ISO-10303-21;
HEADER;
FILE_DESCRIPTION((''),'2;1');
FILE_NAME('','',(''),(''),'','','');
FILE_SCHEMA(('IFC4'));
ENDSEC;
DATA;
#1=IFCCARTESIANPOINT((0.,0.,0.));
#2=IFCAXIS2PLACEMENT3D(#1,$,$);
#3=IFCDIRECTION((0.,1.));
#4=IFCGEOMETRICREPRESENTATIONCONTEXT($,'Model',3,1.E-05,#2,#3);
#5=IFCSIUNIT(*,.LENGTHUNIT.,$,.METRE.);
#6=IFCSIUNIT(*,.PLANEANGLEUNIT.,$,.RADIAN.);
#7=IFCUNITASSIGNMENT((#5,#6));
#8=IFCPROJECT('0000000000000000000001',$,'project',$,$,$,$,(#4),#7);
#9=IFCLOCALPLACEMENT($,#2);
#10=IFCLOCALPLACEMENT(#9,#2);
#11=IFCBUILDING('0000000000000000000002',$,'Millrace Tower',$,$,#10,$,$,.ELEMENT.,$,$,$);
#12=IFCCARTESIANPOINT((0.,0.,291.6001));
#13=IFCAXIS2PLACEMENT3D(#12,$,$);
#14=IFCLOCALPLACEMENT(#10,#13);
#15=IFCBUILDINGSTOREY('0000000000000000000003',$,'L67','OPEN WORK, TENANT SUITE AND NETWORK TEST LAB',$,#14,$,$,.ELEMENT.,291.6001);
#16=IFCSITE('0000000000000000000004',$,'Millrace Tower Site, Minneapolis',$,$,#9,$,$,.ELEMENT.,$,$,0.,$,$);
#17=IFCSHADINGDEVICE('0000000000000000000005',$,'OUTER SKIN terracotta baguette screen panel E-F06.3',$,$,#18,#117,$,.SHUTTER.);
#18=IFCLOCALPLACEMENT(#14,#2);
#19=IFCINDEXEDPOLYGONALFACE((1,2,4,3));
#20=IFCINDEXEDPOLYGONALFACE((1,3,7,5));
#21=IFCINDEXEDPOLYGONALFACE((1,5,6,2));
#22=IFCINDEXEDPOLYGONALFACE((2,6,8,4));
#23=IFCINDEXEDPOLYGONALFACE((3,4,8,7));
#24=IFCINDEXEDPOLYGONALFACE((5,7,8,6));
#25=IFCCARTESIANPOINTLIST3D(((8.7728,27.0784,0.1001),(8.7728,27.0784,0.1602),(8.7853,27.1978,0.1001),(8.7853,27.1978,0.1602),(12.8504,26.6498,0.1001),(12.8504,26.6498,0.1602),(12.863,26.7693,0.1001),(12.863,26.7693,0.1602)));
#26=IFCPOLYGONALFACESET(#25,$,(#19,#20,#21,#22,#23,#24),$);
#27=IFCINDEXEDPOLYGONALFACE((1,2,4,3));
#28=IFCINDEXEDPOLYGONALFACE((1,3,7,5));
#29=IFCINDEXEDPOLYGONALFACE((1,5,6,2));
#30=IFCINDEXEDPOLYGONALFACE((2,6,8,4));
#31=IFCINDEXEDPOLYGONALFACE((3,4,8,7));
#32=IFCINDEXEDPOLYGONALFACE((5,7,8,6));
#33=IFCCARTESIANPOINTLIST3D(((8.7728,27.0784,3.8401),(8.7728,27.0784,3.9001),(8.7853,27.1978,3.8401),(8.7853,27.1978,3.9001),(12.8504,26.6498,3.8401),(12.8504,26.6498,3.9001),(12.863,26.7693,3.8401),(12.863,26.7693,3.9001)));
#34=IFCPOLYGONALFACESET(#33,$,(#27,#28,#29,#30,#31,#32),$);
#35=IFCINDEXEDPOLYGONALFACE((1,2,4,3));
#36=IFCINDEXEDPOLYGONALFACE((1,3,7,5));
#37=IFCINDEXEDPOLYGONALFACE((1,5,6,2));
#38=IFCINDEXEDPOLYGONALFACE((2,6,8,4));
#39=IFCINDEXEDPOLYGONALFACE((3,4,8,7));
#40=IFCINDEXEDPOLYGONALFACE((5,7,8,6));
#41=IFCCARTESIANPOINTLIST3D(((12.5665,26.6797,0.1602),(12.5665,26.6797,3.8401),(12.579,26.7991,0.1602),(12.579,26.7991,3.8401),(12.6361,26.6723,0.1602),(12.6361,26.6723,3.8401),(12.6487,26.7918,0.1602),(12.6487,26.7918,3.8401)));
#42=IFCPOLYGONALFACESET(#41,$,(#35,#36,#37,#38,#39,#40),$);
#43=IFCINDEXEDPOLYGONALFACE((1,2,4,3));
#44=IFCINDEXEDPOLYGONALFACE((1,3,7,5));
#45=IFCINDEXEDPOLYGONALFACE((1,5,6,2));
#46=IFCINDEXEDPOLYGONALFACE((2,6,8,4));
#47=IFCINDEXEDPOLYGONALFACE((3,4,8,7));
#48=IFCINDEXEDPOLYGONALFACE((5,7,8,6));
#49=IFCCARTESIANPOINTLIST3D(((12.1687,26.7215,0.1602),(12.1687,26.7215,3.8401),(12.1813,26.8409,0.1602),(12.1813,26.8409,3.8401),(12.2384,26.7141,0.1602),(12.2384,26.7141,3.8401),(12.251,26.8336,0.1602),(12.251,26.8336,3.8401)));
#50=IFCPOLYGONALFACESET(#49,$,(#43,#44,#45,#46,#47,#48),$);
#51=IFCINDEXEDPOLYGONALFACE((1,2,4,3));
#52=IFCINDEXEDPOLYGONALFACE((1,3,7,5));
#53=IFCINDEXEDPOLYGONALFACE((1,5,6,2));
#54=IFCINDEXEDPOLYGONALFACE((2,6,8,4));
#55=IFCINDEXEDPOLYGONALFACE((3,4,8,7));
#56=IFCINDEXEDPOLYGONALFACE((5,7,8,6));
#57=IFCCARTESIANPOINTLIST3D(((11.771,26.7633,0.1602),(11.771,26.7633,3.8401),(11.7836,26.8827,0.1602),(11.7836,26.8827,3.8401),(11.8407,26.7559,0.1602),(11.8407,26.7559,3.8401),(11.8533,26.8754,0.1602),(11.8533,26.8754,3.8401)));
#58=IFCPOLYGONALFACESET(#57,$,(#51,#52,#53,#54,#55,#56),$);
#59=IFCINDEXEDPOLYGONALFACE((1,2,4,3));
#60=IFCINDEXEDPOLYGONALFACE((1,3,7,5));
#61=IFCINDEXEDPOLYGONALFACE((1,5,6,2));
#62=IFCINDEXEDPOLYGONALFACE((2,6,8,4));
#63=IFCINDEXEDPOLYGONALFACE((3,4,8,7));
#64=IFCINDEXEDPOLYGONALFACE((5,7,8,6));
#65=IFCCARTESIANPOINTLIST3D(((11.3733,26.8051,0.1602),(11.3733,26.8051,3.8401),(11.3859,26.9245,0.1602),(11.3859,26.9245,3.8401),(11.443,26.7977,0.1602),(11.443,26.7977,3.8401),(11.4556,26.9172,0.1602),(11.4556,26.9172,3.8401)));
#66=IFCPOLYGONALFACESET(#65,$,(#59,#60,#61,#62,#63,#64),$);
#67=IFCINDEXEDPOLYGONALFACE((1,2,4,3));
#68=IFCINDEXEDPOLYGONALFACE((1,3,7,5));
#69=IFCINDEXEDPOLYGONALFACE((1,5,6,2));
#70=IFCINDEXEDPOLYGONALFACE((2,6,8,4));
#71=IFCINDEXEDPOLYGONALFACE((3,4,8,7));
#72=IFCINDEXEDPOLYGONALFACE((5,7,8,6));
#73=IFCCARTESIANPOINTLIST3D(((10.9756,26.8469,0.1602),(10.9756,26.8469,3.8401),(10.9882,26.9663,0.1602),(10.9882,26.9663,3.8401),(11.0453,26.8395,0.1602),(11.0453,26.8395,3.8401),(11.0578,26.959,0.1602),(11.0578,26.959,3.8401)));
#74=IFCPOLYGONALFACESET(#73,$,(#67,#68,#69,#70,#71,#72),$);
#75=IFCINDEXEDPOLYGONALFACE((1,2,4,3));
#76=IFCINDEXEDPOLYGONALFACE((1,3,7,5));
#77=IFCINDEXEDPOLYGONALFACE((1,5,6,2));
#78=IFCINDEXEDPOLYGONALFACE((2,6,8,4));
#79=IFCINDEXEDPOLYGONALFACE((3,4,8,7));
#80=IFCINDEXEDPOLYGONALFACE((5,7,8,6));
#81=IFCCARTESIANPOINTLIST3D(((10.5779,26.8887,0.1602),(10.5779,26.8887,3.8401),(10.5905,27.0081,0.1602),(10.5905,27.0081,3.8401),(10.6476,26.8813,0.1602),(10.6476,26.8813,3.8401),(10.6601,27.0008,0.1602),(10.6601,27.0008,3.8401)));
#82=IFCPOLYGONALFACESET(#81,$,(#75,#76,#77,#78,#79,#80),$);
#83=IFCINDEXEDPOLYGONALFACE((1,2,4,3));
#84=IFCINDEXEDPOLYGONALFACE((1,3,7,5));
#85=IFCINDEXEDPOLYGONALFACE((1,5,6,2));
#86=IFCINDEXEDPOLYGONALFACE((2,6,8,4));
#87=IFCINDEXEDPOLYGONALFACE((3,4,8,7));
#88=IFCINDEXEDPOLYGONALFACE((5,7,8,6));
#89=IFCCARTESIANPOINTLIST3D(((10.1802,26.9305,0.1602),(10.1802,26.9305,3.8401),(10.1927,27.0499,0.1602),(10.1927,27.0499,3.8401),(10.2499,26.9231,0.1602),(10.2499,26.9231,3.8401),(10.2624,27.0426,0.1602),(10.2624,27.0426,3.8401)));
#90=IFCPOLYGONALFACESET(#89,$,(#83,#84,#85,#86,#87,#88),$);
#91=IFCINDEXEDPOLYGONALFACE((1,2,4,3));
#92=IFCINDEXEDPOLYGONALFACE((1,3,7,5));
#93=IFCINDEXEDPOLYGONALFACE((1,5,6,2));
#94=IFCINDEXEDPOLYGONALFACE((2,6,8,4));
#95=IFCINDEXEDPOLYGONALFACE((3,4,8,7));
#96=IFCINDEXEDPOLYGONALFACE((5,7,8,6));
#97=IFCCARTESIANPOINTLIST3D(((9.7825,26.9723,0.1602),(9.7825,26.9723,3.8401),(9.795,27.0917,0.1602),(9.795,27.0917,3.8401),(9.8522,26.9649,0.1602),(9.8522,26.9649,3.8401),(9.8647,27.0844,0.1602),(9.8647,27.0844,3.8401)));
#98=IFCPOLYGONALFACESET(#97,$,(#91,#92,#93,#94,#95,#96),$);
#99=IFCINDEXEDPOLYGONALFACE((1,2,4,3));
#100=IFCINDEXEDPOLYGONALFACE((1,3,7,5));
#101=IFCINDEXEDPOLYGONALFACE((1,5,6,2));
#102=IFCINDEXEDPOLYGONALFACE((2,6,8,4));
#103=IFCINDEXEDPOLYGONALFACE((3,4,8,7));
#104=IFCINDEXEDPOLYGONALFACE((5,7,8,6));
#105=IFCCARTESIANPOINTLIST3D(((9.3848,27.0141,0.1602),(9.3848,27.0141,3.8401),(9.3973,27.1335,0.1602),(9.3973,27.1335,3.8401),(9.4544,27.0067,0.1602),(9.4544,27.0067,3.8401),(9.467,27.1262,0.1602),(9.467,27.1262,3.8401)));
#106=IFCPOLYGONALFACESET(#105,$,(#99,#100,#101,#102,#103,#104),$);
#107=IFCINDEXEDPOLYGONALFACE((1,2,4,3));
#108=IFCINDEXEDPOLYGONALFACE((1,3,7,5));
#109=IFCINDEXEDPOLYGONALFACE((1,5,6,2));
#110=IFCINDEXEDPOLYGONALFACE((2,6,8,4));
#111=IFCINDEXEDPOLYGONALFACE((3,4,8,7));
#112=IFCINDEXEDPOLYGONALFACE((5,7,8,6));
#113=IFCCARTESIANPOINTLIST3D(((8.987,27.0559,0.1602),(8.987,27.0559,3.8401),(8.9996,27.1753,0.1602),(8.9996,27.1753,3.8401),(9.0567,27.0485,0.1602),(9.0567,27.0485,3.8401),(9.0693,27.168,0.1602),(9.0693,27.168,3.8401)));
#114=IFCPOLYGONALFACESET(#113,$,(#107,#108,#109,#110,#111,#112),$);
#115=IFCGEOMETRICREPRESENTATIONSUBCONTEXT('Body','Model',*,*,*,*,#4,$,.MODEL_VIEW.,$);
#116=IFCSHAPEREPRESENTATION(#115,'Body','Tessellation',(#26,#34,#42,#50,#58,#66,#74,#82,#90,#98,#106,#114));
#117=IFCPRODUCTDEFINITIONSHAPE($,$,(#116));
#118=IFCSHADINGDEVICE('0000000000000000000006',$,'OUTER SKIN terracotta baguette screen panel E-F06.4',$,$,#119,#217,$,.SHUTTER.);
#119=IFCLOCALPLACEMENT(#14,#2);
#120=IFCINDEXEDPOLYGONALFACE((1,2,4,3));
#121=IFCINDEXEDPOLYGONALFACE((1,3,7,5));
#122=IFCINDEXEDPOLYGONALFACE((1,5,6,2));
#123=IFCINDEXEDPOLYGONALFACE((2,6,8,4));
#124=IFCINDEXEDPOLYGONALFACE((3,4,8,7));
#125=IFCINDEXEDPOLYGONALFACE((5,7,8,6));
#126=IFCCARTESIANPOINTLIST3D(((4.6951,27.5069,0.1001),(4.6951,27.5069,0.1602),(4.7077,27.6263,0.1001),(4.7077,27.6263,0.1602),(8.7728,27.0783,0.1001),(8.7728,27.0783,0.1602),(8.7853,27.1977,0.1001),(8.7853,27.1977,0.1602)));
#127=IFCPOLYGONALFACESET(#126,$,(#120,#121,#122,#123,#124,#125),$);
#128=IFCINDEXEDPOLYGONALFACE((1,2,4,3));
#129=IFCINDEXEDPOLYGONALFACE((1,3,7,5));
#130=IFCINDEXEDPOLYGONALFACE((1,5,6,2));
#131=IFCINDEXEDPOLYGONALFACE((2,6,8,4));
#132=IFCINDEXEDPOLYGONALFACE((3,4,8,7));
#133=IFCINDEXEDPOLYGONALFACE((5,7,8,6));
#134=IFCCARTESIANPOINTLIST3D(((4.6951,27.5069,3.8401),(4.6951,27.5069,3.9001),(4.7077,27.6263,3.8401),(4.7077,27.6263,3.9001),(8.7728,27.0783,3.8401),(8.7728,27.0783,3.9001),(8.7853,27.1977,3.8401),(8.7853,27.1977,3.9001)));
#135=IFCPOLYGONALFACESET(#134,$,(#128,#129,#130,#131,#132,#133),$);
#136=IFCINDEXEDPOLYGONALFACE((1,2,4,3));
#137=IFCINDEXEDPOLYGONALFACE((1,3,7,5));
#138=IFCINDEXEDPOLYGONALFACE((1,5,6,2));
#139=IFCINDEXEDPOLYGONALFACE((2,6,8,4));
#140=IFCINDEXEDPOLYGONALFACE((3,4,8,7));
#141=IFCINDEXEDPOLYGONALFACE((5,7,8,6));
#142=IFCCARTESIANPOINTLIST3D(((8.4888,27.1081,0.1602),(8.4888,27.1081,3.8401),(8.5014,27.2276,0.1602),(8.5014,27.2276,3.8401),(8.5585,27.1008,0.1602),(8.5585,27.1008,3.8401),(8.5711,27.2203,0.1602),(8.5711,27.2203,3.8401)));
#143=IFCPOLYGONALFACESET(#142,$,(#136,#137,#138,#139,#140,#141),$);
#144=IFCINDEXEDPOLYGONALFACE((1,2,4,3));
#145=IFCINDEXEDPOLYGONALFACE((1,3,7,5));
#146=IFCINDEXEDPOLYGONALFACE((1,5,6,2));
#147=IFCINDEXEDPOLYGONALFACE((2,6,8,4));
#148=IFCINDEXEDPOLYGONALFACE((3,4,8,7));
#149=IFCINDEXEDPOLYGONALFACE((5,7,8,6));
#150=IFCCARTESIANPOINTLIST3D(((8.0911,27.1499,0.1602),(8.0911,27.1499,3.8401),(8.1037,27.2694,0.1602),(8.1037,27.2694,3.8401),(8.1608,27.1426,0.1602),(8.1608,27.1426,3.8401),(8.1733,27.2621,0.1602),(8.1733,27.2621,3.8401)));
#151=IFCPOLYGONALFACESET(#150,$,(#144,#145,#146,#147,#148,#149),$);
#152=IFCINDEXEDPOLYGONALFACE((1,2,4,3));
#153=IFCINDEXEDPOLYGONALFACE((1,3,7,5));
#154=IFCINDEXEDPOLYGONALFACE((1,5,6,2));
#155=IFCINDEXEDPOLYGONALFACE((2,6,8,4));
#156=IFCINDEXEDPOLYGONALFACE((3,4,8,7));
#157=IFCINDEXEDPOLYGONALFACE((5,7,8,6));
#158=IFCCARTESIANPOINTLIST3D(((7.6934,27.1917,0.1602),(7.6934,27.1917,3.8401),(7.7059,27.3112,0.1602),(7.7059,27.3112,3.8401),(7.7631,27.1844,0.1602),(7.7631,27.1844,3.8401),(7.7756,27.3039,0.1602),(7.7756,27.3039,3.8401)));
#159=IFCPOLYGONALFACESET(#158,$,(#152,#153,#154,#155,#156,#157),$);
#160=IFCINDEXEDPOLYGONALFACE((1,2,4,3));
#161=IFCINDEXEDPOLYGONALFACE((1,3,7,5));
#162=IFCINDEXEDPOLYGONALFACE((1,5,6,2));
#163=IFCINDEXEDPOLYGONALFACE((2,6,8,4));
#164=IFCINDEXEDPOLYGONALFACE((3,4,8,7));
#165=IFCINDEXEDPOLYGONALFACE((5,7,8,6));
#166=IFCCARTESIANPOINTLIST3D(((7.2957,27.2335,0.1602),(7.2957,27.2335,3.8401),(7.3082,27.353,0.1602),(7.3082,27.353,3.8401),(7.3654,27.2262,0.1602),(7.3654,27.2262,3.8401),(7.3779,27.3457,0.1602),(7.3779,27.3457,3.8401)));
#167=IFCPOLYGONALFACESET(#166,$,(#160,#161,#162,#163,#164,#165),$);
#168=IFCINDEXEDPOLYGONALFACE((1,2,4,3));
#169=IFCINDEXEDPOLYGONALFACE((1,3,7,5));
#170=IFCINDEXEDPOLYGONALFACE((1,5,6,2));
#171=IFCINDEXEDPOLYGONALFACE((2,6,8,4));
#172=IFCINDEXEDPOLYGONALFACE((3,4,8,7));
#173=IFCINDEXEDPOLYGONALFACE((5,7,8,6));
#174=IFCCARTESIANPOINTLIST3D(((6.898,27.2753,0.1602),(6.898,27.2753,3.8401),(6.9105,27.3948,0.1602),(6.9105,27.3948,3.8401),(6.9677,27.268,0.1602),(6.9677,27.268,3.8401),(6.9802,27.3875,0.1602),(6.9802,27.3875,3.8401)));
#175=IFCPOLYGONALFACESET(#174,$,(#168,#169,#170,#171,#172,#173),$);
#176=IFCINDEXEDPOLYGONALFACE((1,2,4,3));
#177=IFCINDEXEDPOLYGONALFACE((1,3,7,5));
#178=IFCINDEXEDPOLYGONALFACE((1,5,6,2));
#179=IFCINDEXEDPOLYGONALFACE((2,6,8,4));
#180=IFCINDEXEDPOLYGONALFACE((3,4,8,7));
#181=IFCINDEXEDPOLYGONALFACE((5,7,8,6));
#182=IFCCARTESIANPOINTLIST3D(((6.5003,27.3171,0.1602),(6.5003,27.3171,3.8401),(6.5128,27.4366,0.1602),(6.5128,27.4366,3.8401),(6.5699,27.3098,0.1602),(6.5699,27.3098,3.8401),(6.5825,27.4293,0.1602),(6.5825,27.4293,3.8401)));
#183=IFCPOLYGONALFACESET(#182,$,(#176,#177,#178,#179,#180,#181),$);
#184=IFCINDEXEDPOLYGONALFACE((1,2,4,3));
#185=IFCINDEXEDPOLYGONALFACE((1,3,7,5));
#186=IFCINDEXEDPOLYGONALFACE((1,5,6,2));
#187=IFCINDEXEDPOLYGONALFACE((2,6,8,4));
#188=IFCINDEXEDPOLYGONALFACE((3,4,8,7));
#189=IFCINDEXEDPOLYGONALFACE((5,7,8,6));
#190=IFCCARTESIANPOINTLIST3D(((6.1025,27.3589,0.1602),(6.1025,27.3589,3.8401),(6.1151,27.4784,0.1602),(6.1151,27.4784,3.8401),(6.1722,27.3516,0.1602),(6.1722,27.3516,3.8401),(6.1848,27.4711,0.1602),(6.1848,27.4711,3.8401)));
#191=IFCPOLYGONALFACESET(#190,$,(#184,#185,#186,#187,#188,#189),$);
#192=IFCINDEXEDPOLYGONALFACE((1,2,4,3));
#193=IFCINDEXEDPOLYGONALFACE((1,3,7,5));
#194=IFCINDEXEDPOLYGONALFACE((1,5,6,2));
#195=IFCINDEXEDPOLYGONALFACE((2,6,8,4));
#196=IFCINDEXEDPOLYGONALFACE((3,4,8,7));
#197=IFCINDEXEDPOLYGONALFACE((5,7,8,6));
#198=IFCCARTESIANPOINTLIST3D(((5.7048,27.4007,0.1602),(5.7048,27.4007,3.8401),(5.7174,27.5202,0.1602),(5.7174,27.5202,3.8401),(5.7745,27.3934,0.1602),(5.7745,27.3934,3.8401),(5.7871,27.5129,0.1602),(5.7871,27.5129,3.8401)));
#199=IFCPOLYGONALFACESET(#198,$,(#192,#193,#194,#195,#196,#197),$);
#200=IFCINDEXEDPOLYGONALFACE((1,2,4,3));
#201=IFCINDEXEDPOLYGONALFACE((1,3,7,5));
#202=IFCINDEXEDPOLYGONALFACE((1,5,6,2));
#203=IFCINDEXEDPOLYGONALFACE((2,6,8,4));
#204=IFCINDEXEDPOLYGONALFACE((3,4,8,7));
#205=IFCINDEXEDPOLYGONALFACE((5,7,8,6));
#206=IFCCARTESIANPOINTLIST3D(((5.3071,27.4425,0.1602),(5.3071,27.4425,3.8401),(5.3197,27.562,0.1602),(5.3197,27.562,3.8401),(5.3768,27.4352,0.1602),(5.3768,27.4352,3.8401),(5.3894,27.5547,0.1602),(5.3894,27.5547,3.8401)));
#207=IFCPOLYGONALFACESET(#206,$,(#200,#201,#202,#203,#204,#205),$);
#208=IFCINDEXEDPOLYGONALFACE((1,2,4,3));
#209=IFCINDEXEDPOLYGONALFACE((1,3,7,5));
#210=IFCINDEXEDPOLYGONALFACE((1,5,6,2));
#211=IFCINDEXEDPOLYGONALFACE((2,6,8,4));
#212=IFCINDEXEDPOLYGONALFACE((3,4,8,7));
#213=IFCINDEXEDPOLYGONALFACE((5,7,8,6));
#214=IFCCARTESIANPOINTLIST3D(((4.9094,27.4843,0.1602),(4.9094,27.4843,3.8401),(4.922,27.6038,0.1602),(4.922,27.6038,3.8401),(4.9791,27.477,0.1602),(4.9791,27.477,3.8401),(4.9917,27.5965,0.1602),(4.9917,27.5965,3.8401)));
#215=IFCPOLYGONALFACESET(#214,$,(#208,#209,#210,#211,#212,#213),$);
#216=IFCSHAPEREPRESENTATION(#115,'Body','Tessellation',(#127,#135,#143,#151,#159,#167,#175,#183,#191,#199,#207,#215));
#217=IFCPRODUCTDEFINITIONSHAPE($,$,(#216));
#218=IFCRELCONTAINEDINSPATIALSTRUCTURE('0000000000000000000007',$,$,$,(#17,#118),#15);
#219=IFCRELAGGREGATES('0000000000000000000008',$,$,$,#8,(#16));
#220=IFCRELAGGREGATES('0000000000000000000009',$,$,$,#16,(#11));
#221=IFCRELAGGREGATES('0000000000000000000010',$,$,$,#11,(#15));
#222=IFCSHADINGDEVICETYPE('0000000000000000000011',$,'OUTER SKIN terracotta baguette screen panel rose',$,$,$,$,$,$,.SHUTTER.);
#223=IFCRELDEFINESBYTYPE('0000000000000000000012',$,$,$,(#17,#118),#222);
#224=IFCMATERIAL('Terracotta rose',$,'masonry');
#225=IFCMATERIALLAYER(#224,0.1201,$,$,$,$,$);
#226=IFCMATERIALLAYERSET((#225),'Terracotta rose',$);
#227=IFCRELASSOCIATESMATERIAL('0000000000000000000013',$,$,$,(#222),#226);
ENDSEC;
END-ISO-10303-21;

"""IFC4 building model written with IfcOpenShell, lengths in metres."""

from ifc_helpers import new_model, entity, si_unit, direction, frame, frame_2d, origin, place, context, subcontext, project, spatial, rectangle, extrude, source, transform, mapped, material, layer, layer_set, type_object, element, save


model = new_model("IFC4")

# Units and contexts
model_context = context("Model", 3, precision=1e-05, world=origin(), true_north=direction((0.0, 1.0)))
body_context = subcontext(model_context, "Body", "Model", "MODEL_VIEW")
ifc_project = project(units=[si_unit("LENGTHUNIT", "METRE"), si_unit("PLANEANGLEUNIT", "RADIAN")], contexts=[model_context])

# Site, building, storey
site_placement = place(None, origin())
site = spatial("IfcSite", under=ifc_project, at=site_placement, Name="Millrace Tower Site, Minneapolis", CompositionType="ELEMENT", RefElevation=0.0)
building_placement = place(site_placement, origin())
building = spatial("IfcBuilding", under=site, at=building_placement, Name="Millrace Tower", CompositionType="ELEMENT")
storey_placement = place(building_placement, frame((0.0, 0.0, 291.6001)))
storey = spatial("IfcBuildingStorey", under=building, at=storey_placement, Name="L67", Description="OPEN WORK, TENANT SUITE AND NETWORK TEST LAB", CompositionType="ELEMENT", Elevation=291.6001)

# Shading devices
ifc_material_1 = material(Name="Terracotta rose", Category="masonry")
ifc_layer_1 = layer(ifc_material_1, 0.1201)
ifc_layer_set_1 = layer_set([ifc_layer_1], Name="Terracotta rose")
shading_device_type = type_object("IfcShadingDeviceType", Name="OUTER SKIN terracotta baguette screen panel rose", PredefinedType="SHUTTER", material=ifc_layer_set_1)
cartesian_point = entity("IfcCartesianPoint", [-2.05, 0.0601])
shared_polyline = entity("IfcPolyline", [cartesian_point, entity("IfcCartesianPoint", [2.05, 0.0601]), entity("IfcCartesianPoint", [2.05, -0.0601]), entity("IfcCartesianPoint", [-2.05, -0.0601]), cartesian_point])
shared_shape = source(origin(), body_context, "Body", "SweptSolid", [
    entity("IfcExtrudedAreaSolid", entity("IfcArbitraryClosedProfileDef", "AREA", None, shared_polyline), entity("IfcAxis2Placement3D", entity("IfcCartesianPoint", [0.0, 0.0, 0.0])), entity("IfcDirection", [0.0, 0.0, 1.0]), 0.0601),
    entity("IfcExtrudedAreaSolid", entity("IfcArbitraryClosedProfileDef", "AREA", None, shared_polyline), entity("IfcAxis2Placement3D", entity("IfcCartesianPoint", [0.0, 0.0, 3.74])), entity("IfcDirection", [0.0, 0.0, 1.0]), 0.0601),
    extrude(rectangle(XDim=0.0701, YDim=0.1201, at=frame_2d((-1.7996, 0.0))), frame((0.0, 0.0, 0.0601)), (0.0, 0.0, 1.0), 3.6799),
    extrude(rectangle(XDim=0.0701, YDim=0.1201, at=frame_2d((-1.3997, 0.0))), frame((0.0, 0.0, 0.0601)), (0.0, 0.0, 1.0), 3.6799),
    extrude(rectangle(XDim=0.0701, YDim=0.1201, at=frame_2d((-0.9998, 0.0))), frame((0.0, 0.0, 0.0601)), (0.0, 0.0, 1.0), 3.6799),
    extrude(rectangle(XDim=0.0701, YDim=0.1201, at=frame_2d((-0.5999, 0.0))), frame((0.0, 0.0, 0.0601)), (0.0, 0.0, 1.0), 3.6799),
    extrude(rectangle(XDim=0.0701, YDim=0.1201, at=frame_2d((-0.2, 0.0))), frame((0.0, 0.0, 0.0601)), (0.0, 0.0, 1.0), 3.6799),
    extrude(rectangle(XDim=0.0701, YDim=0.1201, at=frame_2d((0.2, 0.0))), frame((0.0, 0.0, 0.0601)), (0.0, 0.0, 1.0), 3.6799),
    extrude(rectangle(XDim=0.0701, YDim=0.1201, at=frame_2d((0.5999, 0.0))), frame((0.0, 0.0, 0.0601)), (0.0, 0.0, 1.0), 3.6799),
    extrude(rectangle(XDim=0.0701, YDim=0.1201, at=frame_2d((0.9998, 0.0))), frame((0.0, 0.0, 0.0601)), (0.0, 0.0, 1.0), 3.6799),
    extrude(rectangle(XDim=0.0701, YDim=0.1201, at=frame_2d((1.3997, 0.0))), frame((0.0, 0.0, 0.0601)), (0.0, 0.0, 1.0), 3.6799),
    extrude(rectangle(XDim=0.0701, YDim=0.1201, at=frame_2d((1.7996, 0.0))), frame((0.0, 0.0, 0.0601)), (0.0, 0.0, 1.0), 3.6799),
])
for number, where, z_axis, x_axis, name in (
    (1, (10.8179, 26.9238, 0.1001), (0.0, 0.0, 1.0), (-0.994522, 0.104528, 0.0), "OUTER SKIN terracotta baguette screen panel E-F06.3"),
    (2, (6.7402, 27.3523, 0.1001), (0.0, 0.0, 1.0), (-0.994522, 0.104528, 0.0), "OUTER SKIN terracotta baguette screen panel E-F06.4"),
):
    element("IfcShadingDevice", number, at=place(storey_placement, frame(where, z_axis=z_axis, x_axis=x_axis)), inside=storey, type_object=shading_device_type, Name=name, PredefinedType="SHUTTER", context=body_context, shape_type="MappedRepresentation", body=[
        mapped(shared_shape, transform((0.0, 0.0, 0.0), scale=1.0)),
    ])

save(model, "model.ifc")
